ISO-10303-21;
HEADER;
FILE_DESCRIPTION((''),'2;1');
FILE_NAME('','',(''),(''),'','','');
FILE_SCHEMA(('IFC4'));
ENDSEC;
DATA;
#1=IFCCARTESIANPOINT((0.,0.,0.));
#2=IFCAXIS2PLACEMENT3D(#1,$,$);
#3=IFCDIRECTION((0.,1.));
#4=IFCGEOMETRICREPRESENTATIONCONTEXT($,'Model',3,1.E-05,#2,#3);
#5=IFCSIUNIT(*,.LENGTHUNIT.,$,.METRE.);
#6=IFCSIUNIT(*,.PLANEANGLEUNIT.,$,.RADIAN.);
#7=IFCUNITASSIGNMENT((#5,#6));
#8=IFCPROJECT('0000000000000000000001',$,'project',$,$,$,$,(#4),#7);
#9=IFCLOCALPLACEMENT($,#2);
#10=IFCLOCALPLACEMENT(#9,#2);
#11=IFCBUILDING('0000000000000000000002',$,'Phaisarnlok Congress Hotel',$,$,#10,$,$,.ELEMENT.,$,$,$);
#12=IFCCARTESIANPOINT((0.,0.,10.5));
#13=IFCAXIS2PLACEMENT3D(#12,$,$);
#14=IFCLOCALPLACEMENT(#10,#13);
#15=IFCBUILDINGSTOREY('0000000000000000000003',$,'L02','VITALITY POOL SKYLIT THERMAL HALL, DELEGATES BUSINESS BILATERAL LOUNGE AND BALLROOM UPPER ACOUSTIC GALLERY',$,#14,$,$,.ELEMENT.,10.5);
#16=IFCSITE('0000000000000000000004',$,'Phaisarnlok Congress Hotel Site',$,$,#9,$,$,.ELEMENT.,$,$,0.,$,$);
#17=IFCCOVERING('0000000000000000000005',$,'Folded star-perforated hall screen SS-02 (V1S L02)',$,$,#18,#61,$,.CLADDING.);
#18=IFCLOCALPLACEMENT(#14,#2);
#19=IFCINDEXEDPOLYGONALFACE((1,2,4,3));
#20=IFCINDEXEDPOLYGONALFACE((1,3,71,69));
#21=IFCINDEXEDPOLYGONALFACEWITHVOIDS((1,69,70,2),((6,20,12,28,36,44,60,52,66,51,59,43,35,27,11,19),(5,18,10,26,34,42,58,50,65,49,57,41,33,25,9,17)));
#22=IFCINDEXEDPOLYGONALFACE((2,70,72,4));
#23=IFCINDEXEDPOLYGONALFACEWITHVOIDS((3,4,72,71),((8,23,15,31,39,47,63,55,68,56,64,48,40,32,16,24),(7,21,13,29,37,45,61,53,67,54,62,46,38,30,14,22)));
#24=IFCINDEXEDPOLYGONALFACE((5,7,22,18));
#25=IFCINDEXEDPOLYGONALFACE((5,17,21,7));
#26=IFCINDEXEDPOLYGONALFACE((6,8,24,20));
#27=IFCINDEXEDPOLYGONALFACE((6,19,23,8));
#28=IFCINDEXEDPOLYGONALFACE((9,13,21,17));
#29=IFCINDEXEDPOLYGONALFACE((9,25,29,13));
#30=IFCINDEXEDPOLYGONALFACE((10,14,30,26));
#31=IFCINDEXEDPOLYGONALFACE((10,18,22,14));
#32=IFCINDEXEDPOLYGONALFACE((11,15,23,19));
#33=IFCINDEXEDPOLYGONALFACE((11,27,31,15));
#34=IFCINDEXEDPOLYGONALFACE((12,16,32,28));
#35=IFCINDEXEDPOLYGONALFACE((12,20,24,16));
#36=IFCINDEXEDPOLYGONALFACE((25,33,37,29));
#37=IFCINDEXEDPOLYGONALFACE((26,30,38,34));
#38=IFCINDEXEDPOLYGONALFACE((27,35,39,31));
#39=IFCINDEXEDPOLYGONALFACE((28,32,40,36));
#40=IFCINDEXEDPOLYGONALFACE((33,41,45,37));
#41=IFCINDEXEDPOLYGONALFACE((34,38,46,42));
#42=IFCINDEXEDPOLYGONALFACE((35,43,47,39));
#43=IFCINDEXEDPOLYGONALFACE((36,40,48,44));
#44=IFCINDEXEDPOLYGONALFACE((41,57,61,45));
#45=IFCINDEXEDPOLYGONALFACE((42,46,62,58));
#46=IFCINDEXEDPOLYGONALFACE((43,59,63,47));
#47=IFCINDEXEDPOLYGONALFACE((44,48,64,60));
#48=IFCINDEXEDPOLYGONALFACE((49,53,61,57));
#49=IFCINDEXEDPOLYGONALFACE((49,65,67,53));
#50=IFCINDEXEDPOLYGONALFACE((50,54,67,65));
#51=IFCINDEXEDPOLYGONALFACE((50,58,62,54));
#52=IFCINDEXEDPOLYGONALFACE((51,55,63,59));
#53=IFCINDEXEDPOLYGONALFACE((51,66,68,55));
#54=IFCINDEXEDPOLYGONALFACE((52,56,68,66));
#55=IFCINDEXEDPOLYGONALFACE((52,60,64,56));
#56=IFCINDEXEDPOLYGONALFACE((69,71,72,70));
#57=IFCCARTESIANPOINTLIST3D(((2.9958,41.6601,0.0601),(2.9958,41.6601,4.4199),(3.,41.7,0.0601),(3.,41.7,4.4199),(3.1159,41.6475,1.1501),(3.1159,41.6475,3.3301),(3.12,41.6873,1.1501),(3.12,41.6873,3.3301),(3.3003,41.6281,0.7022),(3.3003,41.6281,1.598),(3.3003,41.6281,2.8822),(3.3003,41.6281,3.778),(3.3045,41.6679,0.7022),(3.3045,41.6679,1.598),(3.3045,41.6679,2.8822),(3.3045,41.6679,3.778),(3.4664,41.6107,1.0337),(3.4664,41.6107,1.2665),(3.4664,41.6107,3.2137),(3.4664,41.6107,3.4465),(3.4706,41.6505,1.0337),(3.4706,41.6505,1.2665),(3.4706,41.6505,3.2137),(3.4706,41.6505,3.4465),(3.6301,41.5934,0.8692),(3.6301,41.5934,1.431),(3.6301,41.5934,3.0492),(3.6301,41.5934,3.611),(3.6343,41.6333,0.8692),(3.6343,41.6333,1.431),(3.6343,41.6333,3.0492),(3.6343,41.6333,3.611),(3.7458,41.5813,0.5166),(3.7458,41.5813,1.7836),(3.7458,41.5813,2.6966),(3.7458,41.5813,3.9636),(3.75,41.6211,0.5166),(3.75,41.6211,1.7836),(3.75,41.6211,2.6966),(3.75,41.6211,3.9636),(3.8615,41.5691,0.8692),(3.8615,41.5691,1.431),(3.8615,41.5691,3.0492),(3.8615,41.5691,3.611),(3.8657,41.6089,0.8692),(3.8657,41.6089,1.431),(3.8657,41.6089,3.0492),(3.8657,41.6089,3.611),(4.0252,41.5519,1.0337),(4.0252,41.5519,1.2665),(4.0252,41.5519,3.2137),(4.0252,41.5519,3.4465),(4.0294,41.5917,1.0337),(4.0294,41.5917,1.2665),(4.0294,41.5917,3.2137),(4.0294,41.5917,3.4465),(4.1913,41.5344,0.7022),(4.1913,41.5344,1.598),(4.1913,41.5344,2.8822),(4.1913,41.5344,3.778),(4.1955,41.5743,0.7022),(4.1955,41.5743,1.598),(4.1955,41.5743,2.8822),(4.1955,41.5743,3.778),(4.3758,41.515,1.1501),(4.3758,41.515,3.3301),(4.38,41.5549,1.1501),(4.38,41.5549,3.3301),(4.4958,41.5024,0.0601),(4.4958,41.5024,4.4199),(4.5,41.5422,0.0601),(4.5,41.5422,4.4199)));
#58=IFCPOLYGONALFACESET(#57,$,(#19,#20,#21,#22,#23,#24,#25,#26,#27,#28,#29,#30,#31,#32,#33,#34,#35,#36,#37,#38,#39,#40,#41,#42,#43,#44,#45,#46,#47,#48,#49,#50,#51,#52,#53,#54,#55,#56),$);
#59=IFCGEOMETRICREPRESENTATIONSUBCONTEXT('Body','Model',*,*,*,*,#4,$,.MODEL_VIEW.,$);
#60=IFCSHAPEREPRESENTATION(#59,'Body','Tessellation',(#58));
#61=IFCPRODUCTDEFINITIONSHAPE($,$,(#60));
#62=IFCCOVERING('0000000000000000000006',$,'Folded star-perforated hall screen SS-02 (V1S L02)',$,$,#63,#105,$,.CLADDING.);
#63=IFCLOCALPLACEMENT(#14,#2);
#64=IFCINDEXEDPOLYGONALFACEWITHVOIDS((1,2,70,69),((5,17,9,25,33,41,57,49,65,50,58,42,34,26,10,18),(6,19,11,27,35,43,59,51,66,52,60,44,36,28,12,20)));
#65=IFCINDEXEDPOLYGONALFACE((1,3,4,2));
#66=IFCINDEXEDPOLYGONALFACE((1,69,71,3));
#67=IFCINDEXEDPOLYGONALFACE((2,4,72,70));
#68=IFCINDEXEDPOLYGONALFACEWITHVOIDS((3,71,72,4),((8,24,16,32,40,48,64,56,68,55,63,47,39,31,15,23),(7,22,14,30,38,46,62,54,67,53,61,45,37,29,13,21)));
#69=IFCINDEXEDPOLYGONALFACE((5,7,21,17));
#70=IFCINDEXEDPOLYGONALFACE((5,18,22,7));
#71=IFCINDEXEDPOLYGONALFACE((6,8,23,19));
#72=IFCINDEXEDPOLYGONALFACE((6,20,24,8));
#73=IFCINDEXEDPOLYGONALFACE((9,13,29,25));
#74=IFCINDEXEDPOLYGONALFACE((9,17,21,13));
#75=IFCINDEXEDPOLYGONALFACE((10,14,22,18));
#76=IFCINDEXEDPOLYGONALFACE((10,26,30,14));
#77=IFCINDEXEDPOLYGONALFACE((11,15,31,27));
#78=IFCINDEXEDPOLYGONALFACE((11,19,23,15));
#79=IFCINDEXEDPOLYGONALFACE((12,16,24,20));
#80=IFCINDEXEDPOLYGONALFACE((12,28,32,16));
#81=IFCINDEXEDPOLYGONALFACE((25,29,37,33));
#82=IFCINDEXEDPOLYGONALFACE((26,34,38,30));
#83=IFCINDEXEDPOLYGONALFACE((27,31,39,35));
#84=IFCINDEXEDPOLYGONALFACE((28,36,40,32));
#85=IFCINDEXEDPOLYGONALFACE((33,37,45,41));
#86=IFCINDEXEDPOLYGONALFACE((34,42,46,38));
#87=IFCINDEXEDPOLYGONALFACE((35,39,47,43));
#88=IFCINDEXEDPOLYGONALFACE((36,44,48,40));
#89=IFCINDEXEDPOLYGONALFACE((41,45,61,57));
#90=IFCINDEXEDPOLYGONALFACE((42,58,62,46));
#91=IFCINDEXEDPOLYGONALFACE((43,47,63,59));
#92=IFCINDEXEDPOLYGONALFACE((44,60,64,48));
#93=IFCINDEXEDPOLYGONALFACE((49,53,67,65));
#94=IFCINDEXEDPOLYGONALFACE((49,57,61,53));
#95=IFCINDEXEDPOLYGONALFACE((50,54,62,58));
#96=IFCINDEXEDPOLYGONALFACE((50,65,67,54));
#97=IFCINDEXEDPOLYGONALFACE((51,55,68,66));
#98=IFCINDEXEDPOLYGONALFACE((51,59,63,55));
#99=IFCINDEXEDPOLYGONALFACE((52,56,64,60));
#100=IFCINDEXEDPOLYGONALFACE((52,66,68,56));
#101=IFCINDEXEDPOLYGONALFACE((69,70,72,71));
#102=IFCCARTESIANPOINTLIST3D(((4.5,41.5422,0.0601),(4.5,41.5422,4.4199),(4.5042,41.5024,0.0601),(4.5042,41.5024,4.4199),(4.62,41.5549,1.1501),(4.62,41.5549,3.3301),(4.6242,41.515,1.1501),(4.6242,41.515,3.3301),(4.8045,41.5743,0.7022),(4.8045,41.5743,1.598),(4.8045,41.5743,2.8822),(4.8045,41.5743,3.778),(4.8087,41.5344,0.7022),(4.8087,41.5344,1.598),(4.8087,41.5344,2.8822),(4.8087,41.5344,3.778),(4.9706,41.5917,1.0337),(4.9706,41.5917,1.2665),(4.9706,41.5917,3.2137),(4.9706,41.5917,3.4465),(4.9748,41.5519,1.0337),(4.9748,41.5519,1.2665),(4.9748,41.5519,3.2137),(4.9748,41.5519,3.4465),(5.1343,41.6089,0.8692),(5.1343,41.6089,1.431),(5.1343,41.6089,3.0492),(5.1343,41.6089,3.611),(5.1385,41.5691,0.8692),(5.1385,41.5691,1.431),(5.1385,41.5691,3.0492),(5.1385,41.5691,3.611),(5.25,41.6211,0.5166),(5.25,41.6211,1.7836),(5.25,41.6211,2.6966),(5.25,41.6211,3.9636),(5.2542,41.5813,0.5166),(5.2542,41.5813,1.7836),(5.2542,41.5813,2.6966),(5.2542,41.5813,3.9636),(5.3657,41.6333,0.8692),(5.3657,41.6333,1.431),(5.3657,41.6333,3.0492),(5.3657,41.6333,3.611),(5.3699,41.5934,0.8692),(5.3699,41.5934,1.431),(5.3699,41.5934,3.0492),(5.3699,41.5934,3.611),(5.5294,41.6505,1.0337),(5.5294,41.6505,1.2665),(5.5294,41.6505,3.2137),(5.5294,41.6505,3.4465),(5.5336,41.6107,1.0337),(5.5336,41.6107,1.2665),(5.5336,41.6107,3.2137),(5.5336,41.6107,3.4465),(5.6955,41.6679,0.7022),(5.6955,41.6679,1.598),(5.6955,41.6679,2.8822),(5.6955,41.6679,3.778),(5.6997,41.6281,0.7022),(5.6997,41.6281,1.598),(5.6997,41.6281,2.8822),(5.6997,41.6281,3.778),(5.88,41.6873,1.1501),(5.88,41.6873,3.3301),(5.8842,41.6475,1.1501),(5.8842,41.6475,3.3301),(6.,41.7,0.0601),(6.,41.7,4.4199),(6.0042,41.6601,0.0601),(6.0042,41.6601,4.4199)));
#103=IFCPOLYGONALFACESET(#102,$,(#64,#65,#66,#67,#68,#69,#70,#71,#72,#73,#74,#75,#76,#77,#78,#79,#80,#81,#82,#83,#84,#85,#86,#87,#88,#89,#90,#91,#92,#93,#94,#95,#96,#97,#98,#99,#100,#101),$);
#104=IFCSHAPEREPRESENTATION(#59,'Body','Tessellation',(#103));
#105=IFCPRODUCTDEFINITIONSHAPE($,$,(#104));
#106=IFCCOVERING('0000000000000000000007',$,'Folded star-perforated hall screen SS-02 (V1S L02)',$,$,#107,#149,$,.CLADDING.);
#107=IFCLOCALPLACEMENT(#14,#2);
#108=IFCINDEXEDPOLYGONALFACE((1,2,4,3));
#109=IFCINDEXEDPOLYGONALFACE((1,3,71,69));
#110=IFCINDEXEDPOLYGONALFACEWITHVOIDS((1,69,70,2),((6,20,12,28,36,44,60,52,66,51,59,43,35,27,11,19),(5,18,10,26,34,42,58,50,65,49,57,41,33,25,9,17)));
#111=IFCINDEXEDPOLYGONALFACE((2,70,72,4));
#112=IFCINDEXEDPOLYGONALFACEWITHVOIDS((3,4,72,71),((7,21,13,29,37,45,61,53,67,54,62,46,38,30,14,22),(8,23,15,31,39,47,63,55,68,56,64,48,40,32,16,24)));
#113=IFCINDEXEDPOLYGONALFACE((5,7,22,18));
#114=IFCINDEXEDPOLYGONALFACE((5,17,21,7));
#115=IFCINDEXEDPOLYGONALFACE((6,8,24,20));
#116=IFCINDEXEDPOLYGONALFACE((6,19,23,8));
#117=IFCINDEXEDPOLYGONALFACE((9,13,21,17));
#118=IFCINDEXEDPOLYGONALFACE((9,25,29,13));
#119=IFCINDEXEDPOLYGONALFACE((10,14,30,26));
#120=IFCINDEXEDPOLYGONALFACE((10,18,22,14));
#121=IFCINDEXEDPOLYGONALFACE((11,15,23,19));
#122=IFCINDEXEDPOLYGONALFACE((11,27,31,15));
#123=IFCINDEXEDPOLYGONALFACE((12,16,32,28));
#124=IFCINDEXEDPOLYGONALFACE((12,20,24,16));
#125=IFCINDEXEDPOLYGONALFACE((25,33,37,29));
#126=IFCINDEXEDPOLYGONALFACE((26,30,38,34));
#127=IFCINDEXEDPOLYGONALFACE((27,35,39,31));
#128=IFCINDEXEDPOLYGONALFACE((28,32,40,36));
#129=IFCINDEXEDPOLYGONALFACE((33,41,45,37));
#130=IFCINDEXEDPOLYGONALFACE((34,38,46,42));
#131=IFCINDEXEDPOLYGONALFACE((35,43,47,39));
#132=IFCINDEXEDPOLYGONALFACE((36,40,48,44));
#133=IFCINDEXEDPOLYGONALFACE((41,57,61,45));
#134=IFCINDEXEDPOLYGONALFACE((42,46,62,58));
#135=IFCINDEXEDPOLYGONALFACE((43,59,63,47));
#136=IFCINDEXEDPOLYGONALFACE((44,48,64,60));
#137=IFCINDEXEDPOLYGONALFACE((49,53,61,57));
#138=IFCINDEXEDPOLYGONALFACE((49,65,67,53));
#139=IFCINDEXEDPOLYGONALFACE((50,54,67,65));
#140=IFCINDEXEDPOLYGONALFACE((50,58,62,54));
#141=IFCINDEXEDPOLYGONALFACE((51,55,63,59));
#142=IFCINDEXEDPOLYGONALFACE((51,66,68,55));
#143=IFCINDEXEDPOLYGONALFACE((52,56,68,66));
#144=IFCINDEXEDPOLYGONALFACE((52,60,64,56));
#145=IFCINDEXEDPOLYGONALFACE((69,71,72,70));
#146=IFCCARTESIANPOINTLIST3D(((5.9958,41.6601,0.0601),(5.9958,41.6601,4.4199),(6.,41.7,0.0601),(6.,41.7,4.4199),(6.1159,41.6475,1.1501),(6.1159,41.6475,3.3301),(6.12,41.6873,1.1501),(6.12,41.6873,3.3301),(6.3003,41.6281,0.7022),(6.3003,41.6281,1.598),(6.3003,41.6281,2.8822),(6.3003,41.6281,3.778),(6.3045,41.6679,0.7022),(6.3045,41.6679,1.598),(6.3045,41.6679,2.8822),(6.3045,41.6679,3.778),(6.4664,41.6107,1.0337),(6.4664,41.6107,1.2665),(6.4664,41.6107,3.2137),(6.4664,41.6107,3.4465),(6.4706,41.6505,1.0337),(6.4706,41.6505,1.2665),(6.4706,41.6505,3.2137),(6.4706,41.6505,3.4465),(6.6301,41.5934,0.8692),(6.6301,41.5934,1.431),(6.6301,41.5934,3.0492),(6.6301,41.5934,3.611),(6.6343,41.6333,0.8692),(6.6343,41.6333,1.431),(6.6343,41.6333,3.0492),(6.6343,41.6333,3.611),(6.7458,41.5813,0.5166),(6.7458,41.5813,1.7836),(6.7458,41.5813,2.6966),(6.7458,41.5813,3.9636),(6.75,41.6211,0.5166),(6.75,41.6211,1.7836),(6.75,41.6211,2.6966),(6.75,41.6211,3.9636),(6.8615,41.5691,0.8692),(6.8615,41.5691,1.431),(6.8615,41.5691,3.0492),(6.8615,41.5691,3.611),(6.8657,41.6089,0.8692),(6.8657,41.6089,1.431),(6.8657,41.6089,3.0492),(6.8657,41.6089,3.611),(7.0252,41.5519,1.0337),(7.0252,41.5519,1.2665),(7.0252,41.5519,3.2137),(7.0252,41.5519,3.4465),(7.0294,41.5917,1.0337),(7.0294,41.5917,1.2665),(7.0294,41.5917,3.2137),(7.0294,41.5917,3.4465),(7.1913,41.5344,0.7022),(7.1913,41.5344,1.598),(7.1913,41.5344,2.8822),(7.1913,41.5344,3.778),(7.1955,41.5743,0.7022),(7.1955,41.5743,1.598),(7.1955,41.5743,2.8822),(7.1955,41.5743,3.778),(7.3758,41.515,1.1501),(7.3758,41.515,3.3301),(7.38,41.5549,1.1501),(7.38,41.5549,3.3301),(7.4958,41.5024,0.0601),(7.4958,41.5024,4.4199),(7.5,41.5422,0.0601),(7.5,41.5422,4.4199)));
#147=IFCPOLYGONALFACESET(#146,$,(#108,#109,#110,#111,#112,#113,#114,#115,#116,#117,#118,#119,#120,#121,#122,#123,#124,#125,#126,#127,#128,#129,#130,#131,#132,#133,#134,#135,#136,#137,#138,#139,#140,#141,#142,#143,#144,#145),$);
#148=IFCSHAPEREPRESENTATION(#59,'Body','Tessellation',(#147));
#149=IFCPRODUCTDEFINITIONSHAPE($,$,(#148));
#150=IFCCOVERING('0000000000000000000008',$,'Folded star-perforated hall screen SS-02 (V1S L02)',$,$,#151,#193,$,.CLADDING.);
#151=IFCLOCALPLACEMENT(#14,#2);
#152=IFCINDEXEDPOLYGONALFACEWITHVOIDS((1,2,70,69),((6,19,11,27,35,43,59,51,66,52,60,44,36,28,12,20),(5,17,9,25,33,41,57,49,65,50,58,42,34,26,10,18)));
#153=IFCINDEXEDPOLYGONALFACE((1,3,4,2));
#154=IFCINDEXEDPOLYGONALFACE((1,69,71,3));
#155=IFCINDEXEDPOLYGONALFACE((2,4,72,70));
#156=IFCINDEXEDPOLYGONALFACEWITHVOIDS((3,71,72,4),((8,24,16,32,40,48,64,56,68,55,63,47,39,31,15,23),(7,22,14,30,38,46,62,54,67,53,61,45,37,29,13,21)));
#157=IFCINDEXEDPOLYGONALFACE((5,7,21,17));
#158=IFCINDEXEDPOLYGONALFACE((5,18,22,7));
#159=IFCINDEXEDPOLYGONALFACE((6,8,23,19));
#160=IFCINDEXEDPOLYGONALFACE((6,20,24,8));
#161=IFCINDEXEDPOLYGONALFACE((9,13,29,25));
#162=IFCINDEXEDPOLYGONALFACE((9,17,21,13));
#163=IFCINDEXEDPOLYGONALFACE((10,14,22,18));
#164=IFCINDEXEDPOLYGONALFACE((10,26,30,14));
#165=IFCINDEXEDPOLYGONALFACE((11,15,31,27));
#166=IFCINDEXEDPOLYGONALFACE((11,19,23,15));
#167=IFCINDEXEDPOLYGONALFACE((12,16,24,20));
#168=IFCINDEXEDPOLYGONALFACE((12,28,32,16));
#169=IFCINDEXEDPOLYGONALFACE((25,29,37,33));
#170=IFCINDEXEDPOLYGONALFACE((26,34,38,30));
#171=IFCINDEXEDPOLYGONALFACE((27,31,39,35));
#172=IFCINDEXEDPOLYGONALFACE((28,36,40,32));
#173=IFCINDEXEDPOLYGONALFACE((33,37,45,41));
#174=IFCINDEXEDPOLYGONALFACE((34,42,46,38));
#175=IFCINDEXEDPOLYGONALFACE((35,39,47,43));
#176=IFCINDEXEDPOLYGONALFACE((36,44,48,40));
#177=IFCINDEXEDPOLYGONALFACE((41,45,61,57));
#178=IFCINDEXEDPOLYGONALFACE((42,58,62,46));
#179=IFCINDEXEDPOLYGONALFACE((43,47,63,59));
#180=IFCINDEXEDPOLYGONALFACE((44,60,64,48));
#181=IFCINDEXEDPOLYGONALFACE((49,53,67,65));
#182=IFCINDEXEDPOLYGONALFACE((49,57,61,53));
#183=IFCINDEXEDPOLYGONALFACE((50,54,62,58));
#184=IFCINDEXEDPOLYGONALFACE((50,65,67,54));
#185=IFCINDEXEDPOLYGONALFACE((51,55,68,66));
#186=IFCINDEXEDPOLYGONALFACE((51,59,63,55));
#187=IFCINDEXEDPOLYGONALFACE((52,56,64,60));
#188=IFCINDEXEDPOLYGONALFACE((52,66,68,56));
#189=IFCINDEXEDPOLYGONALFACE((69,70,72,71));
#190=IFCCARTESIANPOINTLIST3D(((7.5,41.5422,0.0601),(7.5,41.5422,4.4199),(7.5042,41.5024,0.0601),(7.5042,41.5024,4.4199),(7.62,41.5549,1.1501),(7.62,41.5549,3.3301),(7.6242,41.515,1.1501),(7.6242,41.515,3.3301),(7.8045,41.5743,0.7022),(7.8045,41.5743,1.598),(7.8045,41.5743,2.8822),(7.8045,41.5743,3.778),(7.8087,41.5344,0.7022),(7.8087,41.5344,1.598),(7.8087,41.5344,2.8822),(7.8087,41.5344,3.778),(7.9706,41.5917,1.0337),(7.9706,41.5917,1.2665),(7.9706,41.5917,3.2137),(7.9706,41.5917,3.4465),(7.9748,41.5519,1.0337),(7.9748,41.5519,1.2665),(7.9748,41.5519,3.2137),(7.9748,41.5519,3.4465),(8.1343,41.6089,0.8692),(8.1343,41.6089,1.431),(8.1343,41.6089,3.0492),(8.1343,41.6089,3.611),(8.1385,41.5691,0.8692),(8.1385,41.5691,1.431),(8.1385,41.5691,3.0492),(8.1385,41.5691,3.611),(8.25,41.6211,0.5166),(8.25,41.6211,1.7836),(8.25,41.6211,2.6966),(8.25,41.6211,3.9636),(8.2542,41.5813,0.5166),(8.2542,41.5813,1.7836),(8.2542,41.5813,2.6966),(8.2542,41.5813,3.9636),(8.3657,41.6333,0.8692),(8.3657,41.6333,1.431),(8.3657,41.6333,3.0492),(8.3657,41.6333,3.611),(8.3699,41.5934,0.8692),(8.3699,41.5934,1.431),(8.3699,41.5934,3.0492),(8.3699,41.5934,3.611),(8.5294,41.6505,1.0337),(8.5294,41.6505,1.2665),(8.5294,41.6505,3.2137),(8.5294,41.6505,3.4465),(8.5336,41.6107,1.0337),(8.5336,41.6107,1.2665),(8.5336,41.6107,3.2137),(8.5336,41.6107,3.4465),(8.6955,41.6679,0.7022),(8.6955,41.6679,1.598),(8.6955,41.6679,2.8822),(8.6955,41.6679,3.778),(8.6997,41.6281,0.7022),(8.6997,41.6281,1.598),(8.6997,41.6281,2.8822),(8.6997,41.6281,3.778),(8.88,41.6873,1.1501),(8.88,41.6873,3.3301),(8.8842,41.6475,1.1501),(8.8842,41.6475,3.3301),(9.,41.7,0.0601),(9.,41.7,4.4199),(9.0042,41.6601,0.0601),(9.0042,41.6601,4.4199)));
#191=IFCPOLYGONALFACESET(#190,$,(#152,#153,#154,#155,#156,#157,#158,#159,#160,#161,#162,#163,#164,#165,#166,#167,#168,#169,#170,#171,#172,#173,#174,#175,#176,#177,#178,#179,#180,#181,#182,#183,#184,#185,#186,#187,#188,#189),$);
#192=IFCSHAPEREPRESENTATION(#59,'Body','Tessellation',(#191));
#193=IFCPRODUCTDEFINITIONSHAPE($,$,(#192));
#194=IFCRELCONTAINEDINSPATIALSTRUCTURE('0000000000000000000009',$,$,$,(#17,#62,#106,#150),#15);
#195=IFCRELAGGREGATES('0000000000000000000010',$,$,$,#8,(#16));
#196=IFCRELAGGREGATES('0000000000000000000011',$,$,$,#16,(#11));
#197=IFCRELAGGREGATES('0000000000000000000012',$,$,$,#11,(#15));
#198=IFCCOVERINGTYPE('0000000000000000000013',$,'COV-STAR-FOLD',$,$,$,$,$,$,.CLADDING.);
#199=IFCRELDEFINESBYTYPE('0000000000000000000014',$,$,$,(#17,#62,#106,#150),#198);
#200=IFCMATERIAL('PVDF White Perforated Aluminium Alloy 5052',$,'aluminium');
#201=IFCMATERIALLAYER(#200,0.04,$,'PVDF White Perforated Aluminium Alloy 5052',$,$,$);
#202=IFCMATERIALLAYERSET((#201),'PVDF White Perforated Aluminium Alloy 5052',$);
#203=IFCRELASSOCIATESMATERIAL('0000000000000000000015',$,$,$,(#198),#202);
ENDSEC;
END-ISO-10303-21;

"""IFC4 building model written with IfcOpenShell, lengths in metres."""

from ifc_helpers import new_model, si_unit, direction, frame, origin, place, context, subcontext, project, spatial, polyline, outline, extrude, material, layer, layer_set, type_object, element, save


model = new_model("IFC4")

# Units and contexts
model_context = context("Model", 3, precision=1e-05, world=origin(), true_north=direction((0.0, 1.0)))
body_context = subcontext(model_context, "Body", "Model", "MODEL_VIEW")
ifc_project = project(units=[si_unit("LENGTHUNIT", "METRE"), si_unit("PLANEANGLEUNIT", "RADIAN")], contexts=[model_context])

# Site, building, storey
site_placement = place(None, origin())
site = spatial("IfcSite", under=ifc_project, at=site_placement, Name="Phaisarnlok Congress Hotel Site", CompositionType="ELEMENT", RefElevation=0.0)
building_placement = place(site_placement, origin())
building = spatial("IfcBuilding", under=site, at=building_placement, Name="Phaisarnlok Congress Hotel", CompositionType="ELEMENT")
storey_placement = place(building_placement, frame((0.0, 0.0, 10.5)))
storey = spatial("IfcBuildingStorey", under=building, at=storey_placement, Name="L02", Description="VITALITY POOL SKYLIT THERMAL HALL, DELEGATES BUSINESS BILATERAL LOUNGE AND BALLROOM UPPER ACOUSTIC GALLERY", CompositionType="ELEMENT", Elevation=10.5)

# Coverings
ifc_material_1 = material(Name="PVDF White Perforated Aluminium Alloy 5052", Category="aluminium")
ifc_layer_1 = layer(ifc_material_1, 0.04, Name="PVDF White Perforated Aluminium Alloy 5052")
ifc_layer_set_1 = layer_set([ifc_layer_1], Name="PVDF White Perforated Aluminium Alloy 5052")
covering_type_1 = type_object("IfcCoveringType", Name="COV-STAR-FOLD", PredefinedType="CLADDING", material=ifc_layer_set_1)
for number, where, z_axis, x_axis, name in (
    (1, (3.0, 41.7, 0.0601), (-0.104567, -0.994518, 0.0), (0.994518, -0.104567, 0.0), "Folded star-perforated hall screen SS-02 (V1S L02)"),
    (2, (4.5, 41.5422, 0.0601), (0.104567, -0.994518, 0.0), (0.994518, 0.104567, 0.0), "Folded star-perforated hall screen SS-02 (V1S L02)"),
    (3, (6.0, 41.7, 0.0601), (-0.104567, -0.994518, 0.0), (0.994518, -0.104567, 0.0), "Folded star-perforated hall screen SS-02 (V1S L02)"),
    (4, (7.5, 41.5422, 0.0601), (0.104567, -0.994518, 0.0), (0.994518, 0.104567, 0.0), "Folded star-perforated hall screen SS-02 (V1S L02)"),
):
    element("IfcCovering", number, at=place(storey_placement, frame(where, z_axis=z_axis, x_axis=x_axis)), inside=storey, type_object=covering_type_1, Name=name, PredefinedType="CLADDING", context=body_context, shape_type="SweptSolid", body=[
        extrude(outline(polyline([(0.0, 0.0), (1.5083, 0.0), (1.5083, 4.3599), (0.0, 4.3599), (0.0, 0.0)]), holes=[polyline([(1.0351, 0.9736), (1.2021, 0.6421), (0.8705, 0.8091), (0.7541, 0.4565), (0.6378, 0.8091), (0.3062, 0.6421), (0.4732, 0.9736), (0.1207, 1.09), (0.4732, 1.2064), (0.3062, 1.5379), (0.6378, 1.3709), (0.7541, 1.7235), (0.8705, 1.3709), (1.2021, 1.5379), (1.0351, 1.2064), (1.3876, 1.09), (1.0351, 0.9736)]), polyline([(1.0351, 3.1536), (1.2021, 2.8221), (0.8705, 2.9891), (0.7541, 2.6365), (0.6378, 2.9891), (0.3062, 2.8221), (0.4732, 3.1536), (0.1207, 3.27), (0.4732, 3.3864), (0.3062, 3.7179), (0.6378, 3.5509), (0.7541, 3.9035), (0.8705, 3.5509), (1.2021, 3.7179), (1.0351, 3.3864), (1.3876, 3.27), (1.0351, 3.1536)])]), origin(), (0.0, 0.0, 1.0), 0.04),
    ])

save(model, "model.ifc")
